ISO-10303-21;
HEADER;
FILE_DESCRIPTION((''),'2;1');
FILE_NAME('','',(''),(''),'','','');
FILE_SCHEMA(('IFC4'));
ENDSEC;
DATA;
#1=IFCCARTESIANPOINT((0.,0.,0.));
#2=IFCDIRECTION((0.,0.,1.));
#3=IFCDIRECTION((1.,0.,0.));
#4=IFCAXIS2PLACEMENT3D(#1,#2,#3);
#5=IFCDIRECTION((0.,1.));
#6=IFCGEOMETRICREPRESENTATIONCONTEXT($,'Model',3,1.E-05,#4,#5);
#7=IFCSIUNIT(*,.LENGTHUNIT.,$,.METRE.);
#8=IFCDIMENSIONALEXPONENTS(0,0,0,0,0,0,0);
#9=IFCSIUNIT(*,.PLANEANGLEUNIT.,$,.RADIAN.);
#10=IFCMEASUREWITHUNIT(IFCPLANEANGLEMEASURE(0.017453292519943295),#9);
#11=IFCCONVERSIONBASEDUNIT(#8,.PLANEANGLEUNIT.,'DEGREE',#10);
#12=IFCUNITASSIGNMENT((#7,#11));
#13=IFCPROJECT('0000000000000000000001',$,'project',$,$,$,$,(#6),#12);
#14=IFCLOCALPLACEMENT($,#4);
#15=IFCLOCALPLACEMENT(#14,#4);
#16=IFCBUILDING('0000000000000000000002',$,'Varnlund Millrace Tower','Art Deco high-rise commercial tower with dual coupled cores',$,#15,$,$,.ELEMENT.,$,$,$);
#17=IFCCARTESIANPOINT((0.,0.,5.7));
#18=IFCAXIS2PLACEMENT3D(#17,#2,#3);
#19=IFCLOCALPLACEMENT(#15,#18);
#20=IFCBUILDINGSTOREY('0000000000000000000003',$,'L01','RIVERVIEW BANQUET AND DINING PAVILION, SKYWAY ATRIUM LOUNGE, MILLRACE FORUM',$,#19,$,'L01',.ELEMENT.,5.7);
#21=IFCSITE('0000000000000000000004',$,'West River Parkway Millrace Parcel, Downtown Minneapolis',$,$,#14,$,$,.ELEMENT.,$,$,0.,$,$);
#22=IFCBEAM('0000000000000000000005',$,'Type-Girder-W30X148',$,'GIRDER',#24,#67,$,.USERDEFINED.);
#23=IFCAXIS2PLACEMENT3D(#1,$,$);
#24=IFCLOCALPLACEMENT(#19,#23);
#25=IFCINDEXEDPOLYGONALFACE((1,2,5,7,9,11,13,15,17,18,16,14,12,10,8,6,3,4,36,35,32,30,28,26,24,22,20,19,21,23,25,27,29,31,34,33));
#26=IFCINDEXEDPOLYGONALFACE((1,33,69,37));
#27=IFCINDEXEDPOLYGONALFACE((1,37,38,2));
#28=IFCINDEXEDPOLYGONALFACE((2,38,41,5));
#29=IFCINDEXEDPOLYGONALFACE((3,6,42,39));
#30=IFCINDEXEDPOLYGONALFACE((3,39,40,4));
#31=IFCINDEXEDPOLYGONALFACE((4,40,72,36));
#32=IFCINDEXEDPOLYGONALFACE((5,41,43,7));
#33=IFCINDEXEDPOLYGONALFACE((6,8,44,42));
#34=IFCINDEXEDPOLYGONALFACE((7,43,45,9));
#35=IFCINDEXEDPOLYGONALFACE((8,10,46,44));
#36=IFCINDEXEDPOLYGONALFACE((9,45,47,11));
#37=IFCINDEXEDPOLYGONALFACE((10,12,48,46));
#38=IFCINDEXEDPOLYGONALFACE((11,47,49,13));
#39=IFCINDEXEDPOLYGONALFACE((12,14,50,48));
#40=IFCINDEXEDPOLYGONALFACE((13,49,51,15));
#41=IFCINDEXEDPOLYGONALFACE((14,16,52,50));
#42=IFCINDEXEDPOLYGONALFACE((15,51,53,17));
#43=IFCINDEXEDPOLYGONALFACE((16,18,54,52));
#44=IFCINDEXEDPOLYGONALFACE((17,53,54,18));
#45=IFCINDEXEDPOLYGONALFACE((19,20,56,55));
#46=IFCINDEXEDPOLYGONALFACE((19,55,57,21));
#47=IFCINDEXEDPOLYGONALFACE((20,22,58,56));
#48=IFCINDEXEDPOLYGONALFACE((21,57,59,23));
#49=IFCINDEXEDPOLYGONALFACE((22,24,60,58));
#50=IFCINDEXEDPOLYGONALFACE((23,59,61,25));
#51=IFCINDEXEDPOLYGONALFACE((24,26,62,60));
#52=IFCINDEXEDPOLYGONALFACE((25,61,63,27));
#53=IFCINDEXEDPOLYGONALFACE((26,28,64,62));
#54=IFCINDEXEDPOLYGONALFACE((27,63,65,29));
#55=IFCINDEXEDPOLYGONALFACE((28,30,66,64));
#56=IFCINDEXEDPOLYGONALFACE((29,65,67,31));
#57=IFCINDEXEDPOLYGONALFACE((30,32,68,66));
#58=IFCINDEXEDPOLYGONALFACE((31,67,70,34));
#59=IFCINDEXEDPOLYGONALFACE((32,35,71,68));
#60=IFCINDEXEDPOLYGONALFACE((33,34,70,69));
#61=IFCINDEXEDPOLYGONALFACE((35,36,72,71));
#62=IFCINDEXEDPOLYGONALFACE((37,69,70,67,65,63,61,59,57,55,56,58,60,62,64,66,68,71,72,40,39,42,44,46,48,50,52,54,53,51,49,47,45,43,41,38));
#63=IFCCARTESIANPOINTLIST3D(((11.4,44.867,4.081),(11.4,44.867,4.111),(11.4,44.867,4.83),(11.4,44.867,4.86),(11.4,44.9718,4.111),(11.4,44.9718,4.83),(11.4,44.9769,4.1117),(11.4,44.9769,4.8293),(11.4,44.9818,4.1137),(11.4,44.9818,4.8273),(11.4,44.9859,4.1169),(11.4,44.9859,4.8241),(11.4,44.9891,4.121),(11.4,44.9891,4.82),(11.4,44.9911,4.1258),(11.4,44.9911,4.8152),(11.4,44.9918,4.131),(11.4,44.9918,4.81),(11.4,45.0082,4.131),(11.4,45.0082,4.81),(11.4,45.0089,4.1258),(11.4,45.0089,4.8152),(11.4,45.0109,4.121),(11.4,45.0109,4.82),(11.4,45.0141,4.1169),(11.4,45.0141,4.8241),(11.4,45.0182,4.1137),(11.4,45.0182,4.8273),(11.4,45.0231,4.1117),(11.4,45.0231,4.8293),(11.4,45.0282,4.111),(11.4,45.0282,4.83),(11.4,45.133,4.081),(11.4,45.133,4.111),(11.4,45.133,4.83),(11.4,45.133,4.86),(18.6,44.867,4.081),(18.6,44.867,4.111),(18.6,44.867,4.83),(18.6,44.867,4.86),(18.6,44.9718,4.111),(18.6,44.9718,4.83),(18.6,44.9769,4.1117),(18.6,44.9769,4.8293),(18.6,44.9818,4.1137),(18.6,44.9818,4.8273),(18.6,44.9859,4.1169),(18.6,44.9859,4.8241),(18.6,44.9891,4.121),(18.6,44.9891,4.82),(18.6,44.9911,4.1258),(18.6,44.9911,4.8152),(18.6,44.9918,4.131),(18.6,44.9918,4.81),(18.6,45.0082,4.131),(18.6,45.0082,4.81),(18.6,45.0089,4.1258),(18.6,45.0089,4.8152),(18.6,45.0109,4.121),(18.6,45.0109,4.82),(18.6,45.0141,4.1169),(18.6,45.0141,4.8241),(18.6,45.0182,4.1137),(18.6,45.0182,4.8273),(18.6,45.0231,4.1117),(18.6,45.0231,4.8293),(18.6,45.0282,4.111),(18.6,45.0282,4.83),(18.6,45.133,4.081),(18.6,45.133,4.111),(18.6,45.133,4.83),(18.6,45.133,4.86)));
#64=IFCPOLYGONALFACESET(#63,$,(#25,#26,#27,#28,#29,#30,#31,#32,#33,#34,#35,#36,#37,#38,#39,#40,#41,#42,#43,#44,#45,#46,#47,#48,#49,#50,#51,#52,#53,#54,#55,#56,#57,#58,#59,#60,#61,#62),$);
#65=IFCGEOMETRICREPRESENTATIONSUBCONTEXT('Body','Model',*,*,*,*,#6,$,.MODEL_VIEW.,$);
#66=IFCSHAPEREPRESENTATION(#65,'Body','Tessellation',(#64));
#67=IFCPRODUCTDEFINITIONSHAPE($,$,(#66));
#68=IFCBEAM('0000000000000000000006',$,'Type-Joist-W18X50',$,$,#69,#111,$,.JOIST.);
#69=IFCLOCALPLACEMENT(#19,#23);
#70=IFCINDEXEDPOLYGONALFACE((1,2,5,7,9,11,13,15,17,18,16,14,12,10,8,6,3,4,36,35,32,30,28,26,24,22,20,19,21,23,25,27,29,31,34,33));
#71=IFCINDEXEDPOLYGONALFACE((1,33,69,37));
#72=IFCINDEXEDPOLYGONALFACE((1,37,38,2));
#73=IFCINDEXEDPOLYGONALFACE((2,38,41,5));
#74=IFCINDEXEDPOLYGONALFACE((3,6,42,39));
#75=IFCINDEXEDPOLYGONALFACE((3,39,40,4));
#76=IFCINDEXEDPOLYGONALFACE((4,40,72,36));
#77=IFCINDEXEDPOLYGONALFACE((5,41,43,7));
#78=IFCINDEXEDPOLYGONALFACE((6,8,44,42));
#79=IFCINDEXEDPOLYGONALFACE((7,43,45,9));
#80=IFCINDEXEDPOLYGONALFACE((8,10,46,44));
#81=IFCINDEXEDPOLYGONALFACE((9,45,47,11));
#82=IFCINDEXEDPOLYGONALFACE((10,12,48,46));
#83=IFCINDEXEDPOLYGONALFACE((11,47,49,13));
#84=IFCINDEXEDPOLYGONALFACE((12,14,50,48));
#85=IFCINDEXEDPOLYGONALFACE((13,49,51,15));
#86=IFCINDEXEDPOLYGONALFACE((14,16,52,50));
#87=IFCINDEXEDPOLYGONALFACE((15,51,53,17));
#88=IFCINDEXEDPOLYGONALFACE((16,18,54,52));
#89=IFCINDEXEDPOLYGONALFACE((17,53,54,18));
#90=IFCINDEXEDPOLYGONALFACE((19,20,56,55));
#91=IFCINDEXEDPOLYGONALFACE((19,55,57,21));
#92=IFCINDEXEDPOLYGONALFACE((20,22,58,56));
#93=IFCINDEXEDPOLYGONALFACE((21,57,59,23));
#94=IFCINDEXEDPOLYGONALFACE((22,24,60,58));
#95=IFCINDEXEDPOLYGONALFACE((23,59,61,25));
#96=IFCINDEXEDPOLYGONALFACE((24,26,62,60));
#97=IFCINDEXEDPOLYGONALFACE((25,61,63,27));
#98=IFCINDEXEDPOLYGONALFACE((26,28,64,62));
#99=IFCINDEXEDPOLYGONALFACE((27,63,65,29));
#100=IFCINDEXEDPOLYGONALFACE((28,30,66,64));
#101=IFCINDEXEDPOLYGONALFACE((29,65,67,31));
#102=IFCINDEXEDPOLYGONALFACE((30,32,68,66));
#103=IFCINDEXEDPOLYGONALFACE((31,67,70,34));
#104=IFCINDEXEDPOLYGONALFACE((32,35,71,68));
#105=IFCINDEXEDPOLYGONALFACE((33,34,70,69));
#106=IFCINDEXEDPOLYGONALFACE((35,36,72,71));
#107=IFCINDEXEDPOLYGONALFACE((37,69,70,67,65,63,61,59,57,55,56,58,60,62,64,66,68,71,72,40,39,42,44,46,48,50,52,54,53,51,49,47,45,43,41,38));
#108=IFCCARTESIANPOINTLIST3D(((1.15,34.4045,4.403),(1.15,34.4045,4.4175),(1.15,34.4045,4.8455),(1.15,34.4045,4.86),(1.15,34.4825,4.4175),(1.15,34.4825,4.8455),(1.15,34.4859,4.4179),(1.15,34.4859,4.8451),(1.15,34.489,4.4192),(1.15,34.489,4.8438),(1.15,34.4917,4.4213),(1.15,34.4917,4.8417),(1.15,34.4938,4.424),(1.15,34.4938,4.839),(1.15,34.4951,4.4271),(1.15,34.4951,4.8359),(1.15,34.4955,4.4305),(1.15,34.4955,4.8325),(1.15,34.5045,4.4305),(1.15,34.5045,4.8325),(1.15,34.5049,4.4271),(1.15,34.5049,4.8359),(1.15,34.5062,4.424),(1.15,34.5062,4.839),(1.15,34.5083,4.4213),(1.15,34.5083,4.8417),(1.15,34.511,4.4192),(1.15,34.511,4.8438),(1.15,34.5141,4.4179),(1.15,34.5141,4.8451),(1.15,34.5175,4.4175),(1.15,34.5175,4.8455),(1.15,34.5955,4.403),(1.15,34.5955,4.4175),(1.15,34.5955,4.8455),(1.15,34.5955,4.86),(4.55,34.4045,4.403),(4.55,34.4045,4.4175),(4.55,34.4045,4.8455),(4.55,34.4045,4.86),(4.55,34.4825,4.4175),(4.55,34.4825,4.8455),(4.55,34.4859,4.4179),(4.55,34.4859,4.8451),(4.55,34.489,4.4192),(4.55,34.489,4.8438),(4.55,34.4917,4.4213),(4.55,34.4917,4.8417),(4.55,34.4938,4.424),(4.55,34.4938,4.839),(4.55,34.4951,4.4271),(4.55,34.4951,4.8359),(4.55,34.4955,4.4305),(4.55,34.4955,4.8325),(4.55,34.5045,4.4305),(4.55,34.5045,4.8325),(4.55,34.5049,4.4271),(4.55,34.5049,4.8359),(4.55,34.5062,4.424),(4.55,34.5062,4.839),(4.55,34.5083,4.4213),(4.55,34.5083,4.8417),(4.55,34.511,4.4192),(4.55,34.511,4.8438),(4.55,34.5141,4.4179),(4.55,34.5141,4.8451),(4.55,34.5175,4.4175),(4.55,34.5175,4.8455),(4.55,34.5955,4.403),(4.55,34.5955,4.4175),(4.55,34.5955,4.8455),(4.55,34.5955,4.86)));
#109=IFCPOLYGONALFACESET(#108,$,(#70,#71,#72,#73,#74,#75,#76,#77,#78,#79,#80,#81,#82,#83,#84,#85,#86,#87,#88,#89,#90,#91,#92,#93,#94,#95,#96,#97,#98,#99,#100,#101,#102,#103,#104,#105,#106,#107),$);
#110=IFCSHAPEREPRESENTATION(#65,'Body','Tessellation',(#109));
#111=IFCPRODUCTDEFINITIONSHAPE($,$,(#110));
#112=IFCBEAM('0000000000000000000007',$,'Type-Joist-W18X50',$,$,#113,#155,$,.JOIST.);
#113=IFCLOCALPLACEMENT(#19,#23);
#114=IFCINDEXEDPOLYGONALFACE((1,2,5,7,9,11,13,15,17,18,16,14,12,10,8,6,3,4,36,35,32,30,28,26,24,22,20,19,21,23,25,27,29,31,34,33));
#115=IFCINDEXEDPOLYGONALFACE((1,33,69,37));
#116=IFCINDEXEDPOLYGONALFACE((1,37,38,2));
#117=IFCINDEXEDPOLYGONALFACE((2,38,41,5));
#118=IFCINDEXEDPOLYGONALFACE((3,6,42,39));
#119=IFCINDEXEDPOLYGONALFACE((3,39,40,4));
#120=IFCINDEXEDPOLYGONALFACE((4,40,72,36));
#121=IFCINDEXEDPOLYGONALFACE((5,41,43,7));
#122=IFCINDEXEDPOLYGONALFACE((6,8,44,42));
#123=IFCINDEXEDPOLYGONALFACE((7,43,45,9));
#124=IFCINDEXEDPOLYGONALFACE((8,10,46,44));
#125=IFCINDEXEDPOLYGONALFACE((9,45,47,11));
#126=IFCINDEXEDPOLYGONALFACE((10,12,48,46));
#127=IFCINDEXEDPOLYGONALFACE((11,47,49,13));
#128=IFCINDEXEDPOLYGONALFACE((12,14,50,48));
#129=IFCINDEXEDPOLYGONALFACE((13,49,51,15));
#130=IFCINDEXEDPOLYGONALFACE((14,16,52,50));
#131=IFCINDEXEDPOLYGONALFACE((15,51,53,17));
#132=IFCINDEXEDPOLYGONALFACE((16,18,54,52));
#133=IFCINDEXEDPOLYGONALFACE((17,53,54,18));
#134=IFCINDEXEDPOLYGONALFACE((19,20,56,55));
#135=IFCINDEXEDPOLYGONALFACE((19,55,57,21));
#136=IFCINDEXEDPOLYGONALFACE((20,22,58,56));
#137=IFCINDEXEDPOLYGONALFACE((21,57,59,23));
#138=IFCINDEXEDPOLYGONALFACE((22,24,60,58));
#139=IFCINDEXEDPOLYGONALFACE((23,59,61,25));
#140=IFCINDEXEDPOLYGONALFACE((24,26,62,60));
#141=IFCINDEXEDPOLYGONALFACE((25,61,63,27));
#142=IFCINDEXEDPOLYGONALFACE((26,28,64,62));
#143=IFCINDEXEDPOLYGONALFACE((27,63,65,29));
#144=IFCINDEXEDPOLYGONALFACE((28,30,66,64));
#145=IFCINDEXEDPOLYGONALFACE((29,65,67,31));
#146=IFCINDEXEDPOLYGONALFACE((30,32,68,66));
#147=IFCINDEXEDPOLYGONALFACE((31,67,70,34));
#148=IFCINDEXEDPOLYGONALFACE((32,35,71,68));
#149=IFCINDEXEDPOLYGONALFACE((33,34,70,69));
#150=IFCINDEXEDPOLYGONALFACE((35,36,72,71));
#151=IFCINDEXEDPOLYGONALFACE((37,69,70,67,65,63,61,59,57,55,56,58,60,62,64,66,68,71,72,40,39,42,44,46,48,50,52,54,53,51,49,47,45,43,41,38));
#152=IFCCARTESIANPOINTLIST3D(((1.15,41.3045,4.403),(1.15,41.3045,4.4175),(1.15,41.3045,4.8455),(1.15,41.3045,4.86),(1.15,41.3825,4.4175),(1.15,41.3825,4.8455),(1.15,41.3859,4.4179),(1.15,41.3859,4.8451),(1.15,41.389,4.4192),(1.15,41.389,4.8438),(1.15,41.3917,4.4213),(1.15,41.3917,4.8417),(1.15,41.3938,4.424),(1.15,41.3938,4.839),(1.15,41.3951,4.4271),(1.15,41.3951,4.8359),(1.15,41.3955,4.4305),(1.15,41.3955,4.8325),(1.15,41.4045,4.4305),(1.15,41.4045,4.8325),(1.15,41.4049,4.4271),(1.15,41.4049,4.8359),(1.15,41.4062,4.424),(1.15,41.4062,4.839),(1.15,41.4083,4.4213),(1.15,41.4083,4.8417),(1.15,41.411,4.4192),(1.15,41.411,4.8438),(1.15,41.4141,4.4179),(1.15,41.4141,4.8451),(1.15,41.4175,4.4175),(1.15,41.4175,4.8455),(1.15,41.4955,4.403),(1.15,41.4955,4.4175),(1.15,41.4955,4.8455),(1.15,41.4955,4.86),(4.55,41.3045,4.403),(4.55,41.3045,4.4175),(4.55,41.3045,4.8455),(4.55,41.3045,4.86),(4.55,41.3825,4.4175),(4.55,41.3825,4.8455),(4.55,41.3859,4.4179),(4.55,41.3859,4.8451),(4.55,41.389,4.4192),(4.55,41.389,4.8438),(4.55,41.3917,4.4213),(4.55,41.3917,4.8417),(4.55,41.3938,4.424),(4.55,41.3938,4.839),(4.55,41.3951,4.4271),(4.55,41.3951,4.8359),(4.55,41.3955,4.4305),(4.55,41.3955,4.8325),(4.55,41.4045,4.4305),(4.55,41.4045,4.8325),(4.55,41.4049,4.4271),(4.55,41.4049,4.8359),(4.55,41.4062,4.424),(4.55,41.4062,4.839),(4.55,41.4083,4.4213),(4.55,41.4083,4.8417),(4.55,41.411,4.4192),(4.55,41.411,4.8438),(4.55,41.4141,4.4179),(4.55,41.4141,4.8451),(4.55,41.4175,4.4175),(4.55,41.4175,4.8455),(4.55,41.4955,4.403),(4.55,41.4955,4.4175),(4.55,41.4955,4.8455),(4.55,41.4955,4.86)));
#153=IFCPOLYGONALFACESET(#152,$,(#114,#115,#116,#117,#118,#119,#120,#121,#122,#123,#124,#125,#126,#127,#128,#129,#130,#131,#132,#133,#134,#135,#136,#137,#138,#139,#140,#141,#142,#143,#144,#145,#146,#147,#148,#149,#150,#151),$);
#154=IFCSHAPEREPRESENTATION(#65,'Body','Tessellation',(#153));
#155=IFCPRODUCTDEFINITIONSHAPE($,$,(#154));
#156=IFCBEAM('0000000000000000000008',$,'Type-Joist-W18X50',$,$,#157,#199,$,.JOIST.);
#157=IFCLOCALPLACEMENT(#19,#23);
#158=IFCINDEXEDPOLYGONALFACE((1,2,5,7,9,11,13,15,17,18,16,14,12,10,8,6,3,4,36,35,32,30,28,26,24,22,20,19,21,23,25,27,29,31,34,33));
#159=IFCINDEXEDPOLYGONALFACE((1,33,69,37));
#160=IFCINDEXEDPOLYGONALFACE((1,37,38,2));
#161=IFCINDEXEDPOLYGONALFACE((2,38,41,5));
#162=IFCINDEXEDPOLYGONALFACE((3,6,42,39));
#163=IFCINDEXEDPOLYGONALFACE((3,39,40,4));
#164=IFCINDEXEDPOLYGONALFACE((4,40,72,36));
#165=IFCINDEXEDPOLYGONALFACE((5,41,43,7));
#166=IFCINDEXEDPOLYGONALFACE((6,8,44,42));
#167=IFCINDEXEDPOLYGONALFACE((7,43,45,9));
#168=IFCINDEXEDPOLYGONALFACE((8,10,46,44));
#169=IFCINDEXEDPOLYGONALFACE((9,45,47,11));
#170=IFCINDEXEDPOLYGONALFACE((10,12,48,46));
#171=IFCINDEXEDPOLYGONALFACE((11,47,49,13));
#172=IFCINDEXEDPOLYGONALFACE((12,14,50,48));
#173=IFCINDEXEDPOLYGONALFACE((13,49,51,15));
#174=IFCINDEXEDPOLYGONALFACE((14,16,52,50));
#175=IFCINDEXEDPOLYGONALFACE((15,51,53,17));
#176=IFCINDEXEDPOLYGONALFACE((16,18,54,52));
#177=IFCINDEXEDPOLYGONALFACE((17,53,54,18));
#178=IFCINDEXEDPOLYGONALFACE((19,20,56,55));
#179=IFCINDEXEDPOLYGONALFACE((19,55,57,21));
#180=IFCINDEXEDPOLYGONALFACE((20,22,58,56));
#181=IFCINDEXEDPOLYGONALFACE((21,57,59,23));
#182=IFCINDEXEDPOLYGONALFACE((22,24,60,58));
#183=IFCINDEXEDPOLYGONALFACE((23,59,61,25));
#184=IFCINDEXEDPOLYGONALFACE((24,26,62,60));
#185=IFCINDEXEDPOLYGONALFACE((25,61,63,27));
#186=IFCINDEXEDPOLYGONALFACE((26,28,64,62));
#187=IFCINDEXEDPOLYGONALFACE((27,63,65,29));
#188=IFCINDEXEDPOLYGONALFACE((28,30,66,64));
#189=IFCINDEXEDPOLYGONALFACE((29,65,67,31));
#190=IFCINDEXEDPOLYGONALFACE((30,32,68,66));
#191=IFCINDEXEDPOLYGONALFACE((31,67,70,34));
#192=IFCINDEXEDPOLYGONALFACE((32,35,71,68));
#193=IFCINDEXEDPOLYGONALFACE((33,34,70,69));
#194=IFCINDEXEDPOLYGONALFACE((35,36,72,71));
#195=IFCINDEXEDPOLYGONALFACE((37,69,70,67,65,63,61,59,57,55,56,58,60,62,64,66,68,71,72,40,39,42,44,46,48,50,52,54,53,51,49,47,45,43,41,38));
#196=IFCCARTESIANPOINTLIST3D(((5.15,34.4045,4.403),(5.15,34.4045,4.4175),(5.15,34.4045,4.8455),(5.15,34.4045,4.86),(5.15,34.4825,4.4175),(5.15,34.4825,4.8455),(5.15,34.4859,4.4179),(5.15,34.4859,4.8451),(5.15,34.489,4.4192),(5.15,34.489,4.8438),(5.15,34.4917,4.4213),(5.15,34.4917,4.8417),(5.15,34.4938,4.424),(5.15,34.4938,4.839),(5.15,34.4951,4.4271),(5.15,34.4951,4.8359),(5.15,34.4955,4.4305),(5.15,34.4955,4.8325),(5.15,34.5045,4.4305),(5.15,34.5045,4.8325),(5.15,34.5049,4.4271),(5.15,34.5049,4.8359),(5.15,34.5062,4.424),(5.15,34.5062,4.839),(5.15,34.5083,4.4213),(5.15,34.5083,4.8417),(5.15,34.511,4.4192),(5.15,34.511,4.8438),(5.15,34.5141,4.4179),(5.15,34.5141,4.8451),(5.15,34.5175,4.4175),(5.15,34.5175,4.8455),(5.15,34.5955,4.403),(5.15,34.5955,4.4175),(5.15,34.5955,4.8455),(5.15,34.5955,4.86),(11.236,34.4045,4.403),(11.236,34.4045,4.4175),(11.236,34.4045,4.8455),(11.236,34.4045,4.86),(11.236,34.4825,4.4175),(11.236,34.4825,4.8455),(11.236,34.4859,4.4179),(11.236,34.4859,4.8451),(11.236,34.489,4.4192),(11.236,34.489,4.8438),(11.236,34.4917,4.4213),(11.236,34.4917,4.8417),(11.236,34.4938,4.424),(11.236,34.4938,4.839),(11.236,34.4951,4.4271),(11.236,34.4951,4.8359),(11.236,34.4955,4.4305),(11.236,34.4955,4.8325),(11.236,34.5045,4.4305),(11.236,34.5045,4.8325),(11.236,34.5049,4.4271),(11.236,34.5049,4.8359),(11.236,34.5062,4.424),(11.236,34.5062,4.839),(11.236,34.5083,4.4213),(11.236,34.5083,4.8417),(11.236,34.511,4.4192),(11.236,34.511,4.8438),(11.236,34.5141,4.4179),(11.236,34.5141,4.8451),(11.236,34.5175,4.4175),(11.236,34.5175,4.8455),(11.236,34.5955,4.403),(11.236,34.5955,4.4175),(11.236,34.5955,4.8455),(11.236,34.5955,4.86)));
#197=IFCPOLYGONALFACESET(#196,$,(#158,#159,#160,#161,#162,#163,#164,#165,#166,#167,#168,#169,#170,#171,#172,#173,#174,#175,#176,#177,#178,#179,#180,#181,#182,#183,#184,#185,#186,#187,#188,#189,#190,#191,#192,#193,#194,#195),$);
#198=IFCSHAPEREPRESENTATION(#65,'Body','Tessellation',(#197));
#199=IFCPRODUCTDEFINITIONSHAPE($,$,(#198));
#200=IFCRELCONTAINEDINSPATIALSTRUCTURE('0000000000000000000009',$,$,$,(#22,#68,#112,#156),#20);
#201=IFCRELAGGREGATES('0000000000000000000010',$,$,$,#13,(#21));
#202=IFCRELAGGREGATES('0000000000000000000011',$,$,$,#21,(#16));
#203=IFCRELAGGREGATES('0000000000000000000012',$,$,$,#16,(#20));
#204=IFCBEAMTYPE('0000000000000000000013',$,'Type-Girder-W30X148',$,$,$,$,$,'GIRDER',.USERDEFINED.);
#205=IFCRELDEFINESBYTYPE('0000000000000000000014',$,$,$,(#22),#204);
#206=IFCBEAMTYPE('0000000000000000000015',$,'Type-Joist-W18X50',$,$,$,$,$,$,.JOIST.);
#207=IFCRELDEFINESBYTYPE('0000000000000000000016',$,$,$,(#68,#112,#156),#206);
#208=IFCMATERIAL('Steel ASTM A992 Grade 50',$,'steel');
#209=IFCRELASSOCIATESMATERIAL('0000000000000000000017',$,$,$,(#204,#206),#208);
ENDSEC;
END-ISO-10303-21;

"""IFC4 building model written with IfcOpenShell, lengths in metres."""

from ifc_helpers import new_model, entity, si_unit, converted_unit, direction, frame, origin_with_axes, origin_2d_with_axis, place, context, subcontext, project, spatial, i_section, extrude, material, material_profile, profile_set, type_object, element, save


model = new_model("IFC4")

# Units and contexts
model_context = context("Model", 3, precision=1e-05, world=origin_with_axes(), true_north=direction((0.0, 1.0)))
body_context = subcontext(model_context, "Body", "Model", "MODEL_VIEW")
ifc_project = project(units=[si_unit("LENGTHUNIT", "METRE"), converted_unit("PLANEANGLEUNIT", "DEGREE", entity("IfcPlaneAngleMeasure", 0.017453292519943295), si_unit("PLANEANGLEUNIT", "RADIAN"), dimensions=[0, 0, 0, 0, 0, 0, 0])], contexts=[model_context])

# Site, building, storey
site_placement = place(None, origin_with_axes())
site = spatial("IfcSite", under=ifc_project, at=site_placement, Name="West River Parkway Millrace Parcel, Downtown Minneapolis", CompositionType="ELEMENT", RefElevation=0.0)
building_placement = place(site_placement, origin_with_axes())
building = spatial("IfcBuilding", under=site, at=building_placement, Name="Varnlund Millrace Tower", Description="Art Deco high-rise commercial tower with dual coupled cores", CompositionType="ELEMENT")
storey_placement = place(building_placement, frame((0.0, 0.0, 5.7), z_axis=(0.0, 0.0, 1.0), x_axis=(1.0, 0.0, 0.0)))
storey = spatial("IfcBuildingStorey", under=building, at=storey_placement, Name="L01", Description="RIVERVIEW BANQUET AND DINING PAVILION, SKYWAY ATRIUM LOUNGE, MILLRACE FORUM", LongName="L01", CompositionType="ELEMENT", Elevation=5.7)

# Beams
ifc_material_1 = material(Name="Steel ASTM A992 Grade 50", Category="steel")
ifc_material_profile_1 = material_profile(ifc_material_1, i_section(OverallWidth=0.266, OverallDepth=0.779, WebThickness=0.0165, FlangeThickness=0.03, FilletRadius=0.02, at=origin_2d_with_axis()), Name="Steel ASTM A992 Grade 50")
ifc_profile_set_1 = profile_set([ifc_material_profile_1], Name="Steel ASTM A992 Grade 50")
beam_type_1 = type_object("IfcBeamType", Name="Type-Girder-W30X148", ElementType="GIRDER", PredefinedType="USERDEFINED", material=ifc_profile_set_1)
beam_1_placement = place(storey_placement, frame((11.4, 45.0, 4.4705), z_axis=(1.0, 0.0, 0.0), x_axis=(0.0, 1.0, 0.0)))
element("IfcBeam", 1, at=beam_1_placement, inside=storey, type_object=beam_type_1, Name="Type-Girder-W30X148", ObjectType="GIRDER", PredefinedType="USERDEFINED", context=body_context, shape_type="SweptSolid", body=[
    extrude(i_section(OverallWidth=0.266, OverallDepth=0.779, WebThickness=0.0165, FlangeThickness=0.03, FilletRadius=0.02, at=origin_2d_with_axis()), origin_with_axes(), (0.0, 0.0, 1.0), 7.2),
])
ifc_material_profile_2 = material_profile(ifc_material_1, i_section(OverallWidth=0.191, OverallDepth=0.457, WebThickness=0.009, FlangeThickness=0.0145, FilletRadius=0.013, at=origin_2d_with_axis()), Name="Steel ASTM A992 Grade 50")
ifc_profile_set_2 = profile_set([ifc_material_profile_2], Name="Steel ASTM A992 Grade 50")
beam_type_2 = type_object("IfcBeamType", Name="Type-Joist-W18X50", PredefinedType="JOIST", material=ifc_profile_set_2)
for number, where, z_axis, x_axis, name in (
    (2, (1.15, 34.5, 4.6315), (1.0, 0.0, 0.0), (0.0, 1.0, 0.0), "Type-Joist-W18X50"),
    (3, (1.15, 41.4, 4.6315), (1.0, 0.0, 0.0), (0.0, 1.0, 0.0), "Type-Joist-W18X50"),
):
    element("IfcBeam", number, at=place(storey_placement, frame(where, z_axis=z_axis, x_axis=x_axis)), inside=storey, type_object=beam_type_2, Name=name, PredefinedType="JOIST", context=body_context, shape_type="SweptSolid", body=[
        extrude(i_section(OverallWidth=0.191, OverallDepth=0.457, WebThickness=0.009, FlangeThickness=0.0145, FilletRadius=0.013, at=origin_2d_with_axis()), origin_with_axes(), (0.0, 0.0, 1.0), 3.4),
    ])
for number, where, z_axis, x_axis, name in (
    (4, (5.15, 34.5, 4.6315), (1.0, 0.0, 0.0), (0.0, 1.0, 0.0), "Type-Joist-W18X50"),
):
    element("IfcBeam", number, at=place(storey_placement, frame(where, z_axis=z_axis, x_axis=x_axis)), inside=storey, type_object=beam_type_2, Name=name, PredefinedType="JOIST", context=body_context, shape_type="SweptSolid", body=[
        extrude(i_section(OverallWidth=0.191, OverallDepth=0.457, WebThickness=0.009, FlangeThickness=0.0145, FilletRadius=0.013, at=origin_2d_with_axis()), origin_with_axes(), (0.0, 0.0, 1.0), 6.086),
    ])

save(model, "model.ifc")
